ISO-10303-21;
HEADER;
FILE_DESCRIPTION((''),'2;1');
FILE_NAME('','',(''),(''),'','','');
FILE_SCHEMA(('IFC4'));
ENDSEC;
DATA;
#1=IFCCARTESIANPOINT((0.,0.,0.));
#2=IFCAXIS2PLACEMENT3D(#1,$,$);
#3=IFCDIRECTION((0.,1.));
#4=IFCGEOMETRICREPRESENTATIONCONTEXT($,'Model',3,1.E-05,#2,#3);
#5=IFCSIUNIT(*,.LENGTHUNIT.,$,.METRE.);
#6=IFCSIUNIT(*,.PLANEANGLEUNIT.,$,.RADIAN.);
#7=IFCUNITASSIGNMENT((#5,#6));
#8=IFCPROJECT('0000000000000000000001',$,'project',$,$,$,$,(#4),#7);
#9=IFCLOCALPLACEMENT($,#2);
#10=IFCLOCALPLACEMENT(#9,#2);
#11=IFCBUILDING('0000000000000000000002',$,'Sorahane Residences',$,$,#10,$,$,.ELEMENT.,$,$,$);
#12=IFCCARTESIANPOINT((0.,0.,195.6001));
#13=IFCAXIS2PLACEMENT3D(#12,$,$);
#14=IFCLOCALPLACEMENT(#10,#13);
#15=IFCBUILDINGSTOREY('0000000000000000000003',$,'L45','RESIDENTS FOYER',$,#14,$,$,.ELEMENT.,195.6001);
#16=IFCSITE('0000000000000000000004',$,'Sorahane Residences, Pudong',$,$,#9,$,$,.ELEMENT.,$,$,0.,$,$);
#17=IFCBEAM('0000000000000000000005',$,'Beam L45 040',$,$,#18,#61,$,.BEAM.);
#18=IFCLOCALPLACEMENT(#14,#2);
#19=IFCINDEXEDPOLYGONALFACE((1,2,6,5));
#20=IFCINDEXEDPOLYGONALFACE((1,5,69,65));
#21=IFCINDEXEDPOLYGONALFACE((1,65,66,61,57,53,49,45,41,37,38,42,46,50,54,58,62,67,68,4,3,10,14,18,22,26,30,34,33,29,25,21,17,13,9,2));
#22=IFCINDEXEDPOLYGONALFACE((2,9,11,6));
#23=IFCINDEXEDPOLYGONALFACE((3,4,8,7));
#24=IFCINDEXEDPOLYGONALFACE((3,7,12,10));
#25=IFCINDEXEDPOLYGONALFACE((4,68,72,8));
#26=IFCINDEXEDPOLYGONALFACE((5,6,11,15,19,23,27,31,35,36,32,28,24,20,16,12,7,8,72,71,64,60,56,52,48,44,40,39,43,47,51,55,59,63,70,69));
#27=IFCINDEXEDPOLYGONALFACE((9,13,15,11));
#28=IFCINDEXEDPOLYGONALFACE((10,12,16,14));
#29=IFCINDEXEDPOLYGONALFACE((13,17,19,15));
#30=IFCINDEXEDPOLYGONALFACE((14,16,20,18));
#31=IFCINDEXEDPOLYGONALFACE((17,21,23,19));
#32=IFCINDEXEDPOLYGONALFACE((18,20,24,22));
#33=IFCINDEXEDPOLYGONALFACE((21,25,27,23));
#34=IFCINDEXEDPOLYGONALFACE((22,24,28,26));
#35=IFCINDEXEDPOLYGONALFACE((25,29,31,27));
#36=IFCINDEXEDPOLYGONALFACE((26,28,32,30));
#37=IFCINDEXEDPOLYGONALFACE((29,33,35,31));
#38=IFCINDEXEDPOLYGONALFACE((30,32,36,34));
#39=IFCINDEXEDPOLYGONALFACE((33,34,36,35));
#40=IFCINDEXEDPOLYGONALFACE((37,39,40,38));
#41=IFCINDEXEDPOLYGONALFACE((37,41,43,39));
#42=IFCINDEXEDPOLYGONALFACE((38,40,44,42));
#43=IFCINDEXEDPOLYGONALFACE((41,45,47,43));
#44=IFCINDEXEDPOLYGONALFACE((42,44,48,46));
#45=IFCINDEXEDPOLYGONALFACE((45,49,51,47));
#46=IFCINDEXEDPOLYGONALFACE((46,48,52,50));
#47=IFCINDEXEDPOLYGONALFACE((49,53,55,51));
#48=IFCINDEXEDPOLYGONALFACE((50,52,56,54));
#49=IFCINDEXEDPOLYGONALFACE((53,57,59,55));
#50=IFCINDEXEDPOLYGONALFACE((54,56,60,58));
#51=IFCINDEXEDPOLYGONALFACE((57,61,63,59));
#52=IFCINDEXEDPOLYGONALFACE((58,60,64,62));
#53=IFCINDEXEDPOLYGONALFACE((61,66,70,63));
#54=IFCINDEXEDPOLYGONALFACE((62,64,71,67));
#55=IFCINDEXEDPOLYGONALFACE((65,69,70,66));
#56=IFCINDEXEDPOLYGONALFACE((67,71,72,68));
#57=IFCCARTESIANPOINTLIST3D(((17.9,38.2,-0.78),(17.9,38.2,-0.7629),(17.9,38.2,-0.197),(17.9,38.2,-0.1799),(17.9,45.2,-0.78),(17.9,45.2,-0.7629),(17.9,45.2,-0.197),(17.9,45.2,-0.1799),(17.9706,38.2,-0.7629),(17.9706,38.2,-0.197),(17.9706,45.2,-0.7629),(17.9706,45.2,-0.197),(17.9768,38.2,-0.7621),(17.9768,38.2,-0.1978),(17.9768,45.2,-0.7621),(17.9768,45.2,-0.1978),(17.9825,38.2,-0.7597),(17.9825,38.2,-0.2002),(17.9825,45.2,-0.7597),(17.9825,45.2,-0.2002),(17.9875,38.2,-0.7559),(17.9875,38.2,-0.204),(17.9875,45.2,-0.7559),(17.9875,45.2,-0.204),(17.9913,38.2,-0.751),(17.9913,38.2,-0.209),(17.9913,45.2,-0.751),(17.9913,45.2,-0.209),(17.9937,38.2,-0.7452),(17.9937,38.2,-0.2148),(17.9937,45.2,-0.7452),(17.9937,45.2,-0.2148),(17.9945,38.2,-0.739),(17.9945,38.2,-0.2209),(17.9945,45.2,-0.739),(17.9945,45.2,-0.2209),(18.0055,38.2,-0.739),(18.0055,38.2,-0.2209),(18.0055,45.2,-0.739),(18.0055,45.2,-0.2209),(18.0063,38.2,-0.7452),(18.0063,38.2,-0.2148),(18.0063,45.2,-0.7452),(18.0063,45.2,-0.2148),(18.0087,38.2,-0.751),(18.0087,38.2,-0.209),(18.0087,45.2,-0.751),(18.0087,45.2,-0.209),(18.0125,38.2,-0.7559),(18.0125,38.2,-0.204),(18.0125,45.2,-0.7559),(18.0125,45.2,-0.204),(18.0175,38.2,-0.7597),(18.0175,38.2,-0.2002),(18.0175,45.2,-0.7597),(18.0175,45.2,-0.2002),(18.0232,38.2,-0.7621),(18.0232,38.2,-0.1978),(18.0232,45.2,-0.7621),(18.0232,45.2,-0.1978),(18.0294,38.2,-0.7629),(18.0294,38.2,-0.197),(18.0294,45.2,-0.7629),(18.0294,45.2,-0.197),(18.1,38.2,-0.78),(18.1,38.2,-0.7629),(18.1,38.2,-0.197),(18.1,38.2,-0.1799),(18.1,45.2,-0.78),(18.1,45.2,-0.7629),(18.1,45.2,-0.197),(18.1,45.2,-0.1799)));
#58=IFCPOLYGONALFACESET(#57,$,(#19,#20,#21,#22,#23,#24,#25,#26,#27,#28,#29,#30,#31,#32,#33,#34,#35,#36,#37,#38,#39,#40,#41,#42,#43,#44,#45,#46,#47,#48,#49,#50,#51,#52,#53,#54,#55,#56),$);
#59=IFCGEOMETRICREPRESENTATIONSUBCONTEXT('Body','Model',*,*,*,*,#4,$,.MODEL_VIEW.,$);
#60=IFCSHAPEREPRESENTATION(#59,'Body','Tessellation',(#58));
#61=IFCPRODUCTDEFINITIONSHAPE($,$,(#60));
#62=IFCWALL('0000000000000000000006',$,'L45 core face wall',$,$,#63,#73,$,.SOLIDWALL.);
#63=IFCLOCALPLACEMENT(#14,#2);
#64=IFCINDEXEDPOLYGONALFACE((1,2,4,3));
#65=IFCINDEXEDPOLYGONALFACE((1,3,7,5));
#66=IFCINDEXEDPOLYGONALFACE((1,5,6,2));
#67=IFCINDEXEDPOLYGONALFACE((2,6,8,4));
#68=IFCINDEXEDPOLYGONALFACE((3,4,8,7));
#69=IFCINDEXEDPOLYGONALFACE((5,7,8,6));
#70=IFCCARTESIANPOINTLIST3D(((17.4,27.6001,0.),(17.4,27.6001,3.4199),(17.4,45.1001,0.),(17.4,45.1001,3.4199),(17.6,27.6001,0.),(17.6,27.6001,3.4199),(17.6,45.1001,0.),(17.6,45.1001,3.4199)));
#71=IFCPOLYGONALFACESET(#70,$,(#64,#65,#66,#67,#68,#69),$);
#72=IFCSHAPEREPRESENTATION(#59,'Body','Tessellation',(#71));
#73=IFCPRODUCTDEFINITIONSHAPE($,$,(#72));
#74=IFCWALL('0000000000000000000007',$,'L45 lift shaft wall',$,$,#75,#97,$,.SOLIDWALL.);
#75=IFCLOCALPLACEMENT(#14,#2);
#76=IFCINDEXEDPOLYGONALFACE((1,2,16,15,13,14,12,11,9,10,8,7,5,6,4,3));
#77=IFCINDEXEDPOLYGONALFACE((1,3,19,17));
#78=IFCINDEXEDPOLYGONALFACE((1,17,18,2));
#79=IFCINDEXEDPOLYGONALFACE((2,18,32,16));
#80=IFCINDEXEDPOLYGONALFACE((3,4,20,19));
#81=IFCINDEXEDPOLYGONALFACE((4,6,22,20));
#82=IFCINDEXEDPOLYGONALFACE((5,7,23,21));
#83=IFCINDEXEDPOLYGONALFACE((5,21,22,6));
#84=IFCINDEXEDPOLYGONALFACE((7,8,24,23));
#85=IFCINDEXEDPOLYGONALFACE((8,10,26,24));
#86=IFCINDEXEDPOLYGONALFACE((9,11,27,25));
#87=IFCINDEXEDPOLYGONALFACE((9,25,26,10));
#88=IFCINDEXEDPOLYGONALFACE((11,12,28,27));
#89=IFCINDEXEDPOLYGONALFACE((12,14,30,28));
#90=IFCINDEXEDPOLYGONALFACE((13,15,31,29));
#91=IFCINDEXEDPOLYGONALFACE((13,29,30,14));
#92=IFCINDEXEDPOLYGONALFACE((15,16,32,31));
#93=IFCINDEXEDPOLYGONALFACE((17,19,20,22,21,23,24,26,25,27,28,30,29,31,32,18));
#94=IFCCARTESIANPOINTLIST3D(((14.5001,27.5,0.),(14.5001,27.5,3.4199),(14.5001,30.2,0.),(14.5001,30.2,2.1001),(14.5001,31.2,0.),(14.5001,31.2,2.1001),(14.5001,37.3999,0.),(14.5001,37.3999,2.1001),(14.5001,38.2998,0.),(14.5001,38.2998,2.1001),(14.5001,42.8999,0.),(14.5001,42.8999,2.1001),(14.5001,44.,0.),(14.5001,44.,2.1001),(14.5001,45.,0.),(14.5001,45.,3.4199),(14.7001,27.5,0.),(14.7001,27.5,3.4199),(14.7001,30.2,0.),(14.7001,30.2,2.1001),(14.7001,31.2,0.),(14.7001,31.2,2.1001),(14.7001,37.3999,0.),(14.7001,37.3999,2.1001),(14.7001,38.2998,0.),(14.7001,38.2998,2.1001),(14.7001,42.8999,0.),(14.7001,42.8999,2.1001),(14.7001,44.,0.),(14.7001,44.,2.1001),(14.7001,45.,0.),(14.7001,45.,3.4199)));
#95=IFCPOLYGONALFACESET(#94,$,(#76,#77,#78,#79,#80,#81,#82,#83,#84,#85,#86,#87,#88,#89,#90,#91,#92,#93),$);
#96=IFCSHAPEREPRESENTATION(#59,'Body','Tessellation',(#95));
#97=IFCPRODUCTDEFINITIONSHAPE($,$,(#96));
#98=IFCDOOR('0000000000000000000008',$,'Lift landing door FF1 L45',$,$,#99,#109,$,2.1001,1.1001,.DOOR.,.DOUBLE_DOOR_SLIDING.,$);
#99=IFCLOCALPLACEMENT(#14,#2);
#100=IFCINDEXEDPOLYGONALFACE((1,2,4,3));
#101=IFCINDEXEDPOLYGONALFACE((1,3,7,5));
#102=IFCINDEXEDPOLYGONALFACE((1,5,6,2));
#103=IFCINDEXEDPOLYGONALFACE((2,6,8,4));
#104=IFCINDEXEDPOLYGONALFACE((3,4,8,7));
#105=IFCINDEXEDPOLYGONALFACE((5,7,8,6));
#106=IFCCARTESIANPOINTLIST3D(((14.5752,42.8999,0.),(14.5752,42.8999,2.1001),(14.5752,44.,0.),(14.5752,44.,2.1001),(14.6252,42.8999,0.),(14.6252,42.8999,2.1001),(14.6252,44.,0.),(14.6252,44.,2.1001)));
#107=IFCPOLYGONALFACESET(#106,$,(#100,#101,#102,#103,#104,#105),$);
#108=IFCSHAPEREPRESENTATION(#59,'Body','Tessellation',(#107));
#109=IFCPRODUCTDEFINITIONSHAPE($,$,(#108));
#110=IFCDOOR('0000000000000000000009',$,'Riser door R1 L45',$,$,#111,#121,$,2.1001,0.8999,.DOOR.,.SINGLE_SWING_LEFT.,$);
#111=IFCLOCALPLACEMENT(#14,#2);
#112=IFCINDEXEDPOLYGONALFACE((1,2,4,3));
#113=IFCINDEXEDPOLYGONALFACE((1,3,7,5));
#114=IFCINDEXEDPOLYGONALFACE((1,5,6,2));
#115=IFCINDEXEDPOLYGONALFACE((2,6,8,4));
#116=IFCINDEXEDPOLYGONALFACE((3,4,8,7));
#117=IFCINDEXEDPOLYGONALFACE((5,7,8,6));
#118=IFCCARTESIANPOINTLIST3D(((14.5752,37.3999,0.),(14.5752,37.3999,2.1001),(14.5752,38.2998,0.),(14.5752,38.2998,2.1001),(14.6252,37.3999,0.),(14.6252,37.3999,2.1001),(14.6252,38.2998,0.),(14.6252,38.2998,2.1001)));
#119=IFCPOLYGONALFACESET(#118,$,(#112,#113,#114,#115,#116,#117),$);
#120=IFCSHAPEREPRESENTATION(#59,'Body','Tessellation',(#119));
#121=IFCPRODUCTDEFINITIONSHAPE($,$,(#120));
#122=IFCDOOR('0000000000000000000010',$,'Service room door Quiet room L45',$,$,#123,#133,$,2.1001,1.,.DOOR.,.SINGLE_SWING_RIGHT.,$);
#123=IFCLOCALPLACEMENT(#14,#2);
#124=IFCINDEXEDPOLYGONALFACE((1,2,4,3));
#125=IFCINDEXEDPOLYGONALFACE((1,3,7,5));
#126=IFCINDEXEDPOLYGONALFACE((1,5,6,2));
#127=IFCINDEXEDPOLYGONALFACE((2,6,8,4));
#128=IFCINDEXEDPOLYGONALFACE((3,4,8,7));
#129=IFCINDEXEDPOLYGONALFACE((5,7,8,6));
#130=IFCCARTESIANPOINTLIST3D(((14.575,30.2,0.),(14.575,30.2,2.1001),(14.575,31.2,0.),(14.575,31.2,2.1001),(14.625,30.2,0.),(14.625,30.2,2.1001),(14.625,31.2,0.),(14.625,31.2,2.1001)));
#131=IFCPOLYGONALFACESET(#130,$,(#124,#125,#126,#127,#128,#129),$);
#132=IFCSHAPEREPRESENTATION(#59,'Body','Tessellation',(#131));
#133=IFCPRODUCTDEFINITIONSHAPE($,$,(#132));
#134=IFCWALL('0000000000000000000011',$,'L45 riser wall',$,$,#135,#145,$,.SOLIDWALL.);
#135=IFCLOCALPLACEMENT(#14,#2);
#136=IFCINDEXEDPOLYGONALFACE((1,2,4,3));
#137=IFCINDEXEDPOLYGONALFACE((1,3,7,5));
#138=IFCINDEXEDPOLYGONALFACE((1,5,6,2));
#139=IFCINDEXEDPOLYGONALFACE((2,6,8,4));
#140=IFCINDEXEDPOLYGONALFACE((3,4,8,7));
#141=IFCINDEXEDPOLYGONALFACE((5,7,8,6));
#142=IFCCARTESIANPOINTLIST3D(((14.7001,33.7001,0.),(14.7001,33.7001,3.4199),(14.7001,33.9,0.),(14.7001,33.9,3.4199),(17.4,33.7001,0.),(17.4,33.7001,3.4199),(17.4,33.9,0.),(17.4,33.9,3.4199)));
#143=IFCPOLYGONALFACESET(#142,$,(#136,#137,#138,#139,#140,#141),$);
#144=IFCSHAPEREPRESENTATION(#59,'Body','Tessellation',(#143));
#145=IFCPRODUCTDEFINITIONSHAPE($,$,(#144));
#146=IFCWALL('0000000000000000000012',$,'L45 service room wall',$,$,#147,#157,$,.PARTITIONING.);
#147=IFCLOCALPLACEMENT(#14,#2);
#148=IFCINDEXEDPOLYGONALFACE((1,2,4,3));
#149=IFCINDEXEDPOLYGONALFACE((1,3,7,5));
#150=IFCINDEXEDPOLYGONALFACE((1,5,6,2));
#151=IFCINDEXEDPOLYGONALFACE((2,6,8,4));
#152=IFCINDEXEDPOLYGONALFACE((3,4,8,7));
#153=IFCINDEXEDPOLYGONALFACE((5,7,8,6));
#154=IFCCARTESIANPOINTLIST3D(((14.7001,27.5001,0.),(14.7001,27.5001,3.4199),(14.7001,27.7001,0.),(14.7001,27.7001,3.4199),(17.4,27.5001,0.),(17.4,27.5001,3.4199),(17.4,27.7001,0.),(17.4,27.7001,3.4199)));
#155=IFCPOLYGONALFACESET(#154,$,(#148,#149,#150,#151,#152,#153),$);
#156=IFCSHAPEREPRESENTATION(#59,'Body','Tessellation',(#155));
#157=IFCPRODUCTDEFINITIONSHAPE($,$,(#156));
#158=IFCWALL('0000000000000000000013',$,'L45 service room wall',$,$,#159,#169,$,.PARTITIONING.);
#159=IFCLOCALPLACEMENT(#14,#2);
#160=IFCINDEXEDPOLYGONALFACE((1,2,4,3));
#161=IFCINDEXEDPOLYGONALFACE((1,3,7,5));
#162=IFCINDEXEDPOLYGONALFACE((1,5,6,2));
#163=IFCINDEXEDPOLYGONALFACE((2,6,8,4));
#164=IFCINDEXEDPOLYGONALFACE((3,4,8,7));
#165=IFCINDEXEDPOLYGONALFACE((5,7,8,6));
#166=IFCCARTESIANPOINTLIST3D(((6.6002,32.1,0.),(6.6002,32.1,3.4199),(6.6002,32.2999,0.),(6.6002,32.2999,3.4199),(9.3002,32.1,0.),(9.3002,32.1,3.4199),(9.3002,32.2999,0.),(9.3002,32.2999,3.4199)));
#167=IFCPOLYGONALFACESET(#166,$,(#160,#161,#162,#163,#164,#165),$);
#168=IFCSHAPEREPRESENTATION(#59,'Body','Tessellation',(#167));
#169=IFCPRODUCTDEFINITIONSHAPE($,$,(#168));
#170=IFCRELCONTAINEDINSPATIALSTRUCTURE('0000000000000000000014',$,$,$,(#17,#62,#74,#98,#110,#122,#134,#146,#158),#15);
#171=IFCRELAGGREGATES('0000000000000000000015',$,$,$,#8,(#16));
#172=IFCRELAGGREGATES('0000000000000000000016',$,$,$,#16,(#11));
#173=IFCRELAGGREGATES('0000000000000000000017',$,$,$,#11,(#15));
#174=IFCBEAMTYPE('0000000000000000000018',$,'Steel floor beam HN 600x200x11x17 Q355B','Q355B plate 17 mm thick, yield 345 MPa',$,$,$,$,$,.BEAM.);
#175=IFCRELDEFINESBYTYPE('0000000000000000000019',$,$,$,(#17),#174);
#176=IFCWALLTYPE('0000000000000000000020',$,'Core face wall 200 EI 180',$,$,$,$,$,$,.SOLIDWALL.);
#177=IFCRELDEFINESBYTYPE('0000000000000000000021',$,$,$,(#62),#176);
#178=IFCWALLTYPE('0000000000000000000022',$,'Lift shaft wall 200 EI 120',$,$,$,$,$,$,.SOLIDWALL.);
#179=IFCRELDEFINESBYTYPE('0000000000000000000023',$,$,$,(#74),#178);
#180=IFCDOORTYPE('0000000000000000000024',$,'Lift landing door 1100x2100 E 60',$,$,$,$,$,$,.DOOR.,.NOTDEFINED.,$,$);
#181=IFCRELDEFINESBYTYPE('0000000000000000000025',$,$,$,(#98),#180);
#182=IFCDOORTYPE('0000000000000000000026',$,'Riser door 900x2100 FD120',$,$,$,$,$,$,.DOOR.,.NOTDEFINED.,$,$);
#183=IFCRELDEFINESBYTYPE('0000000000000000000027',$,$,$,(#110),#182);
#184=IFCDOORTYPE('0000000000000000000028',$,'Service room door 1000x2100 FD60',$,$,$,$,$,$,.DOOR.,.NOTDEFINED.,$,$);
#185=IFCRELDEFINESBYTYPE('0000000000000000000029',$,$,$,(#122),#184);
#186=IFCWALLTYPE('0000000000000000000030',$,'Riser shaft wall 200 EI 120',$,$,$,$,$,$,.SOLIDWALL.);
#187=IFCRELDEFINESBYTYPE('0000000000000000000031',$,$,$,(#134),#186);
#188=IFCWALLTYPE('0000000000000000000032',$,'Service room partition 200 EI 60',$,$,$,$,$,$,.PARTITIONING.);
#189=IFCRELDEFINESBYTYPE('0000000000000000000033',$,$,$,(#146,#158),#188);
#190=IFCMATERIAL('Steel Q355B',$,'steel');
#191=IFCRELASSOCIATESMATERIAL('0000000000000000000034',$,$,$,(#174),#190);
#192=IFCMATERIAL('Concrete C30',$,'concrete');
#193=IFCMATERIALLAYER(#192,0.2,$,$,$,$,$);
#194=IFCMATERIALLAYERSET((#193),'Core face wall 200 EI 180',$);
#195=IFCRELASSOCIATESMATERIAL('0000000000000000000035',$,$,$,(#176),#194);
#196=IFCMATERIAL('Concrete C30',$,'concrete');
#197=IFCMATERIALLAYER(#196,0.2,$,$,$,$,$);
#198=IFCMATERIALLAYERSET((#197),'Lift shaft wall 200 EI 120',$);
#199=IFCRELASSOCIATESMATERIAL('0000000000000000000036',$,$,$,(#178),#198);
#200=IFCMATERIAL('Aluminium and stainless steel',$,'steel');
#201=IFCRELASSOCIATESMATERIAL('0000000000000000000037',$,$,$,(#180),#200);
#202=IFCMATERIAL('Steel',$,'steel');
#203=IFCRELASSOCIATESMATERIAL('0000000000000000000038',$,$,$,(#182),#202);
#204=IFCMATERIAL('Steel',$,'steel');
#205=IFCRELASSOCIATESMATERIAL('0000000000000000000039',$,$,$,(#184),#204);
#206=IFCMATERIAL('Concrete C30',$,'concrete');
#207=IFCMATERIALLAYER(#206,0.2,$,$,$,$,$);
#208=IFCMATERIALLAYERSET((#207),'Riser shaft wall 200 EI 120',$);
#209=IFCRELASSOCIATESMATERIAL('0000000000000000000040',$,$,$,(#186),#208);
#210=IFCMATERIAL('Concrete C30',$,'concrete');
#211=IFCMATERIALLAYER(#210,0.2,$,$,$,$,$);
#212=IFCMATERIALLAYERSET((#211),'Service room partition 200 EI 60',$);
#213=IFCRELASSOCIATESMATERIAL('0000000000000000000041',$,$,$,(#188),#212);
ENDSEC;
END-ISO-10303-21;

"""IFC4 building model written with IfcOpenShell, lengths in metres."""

from ifc_helpers import new_model, si_unit, direction, frame, frame_2d, origin, origin_2d, place, context, subcontext, project, spatial, rectangle, i_section, extrude, material, layer, layer_set, material_profile, profile_set, type_object, element, fill, save


model = new_model("IFC4")

# Units and contexts
model_context = context("Model", 3, precision=1e-05, world=origin(), true_north=direction((0.0, 1.0)))
body_context = subcontext(model_context, "Body", "Model", "MODEL_VIEW")
ifc_project = project(units=[si_unit("LENGTHUNIT", "METRE"), si_unit("PLANEANGLEUNIT", "RADIAN")], contexts=[model_context])

# Site, building, storey
site_placement = place(None, origin())
site = spatial("IfcSite", under=ifc_project, at=site_placement, Name="Sorahane Residences, Pudong", CompositionType="ELEMENT", RefElevation=0.0)
building_placement = place(site_placement, origin())
building = spatial("IfcBuilding", under=site, at=building_placement, Name="Sorahane Residences", CompositionType="ELEMENT")
storey_placement = place(building_placement, frame((0.0, 0.0, 195.6001)))
storey = spatial("IfcBuildingStorey", under=building, at=storey_placement, Name="L45", Description="RESIDENTS FOYER", CompositionType="ELEMENT", Elevation=195.6001)

# Beam
ifc_material_1 = material(Name="Steel Q355B", Category="steel")
ifc_material_profile_1 = material_profile(ifc_material_1, i_section(OverallWidth=0.2, OverallDepth=0.6001, WebThickness=0.011, FlangeThickness=0.0171, FilletRadius=0.0239, at=origin_2d()), Name="HN 600x200x11x17")
ifc_profile_set_1 = profile_set([ifc_material_profile_1], Name="Steel Q355B")
beam_type_1 = type_object("IfcBeamType", Name="Steel floor beam HN 600x200x11x17 Q355B", Description="Q355B plate 17 mm thick, yield 345 MPa", PredefinedType="BEAM", material=ifc_profile_set_1)
for number, where, z_axis, x_axis, name in (
    (1, (18.0, 38.2, -0.48), (0.0, 1.0, 0.0), (-1.0, 0.0, 0.0), "Beam L45 040"),
):
    element("IfcBeam", number, at=place(storey_placement, frame(where, z_axis=z_axis, x_axis=x_axis)), inside=storey, type_object=beam_type_1, Name=name, PredefinedType="BEAM", context=body_context, shape_type="SweptSolid", body=[
        extrude(i_section(OverallWidth=0.2, OverallDepth=0.6001, WebThickness=0.011, FlangeThickness=0.0171, FilletRadius=0.0239, at=origin_2d()), origin(), (0.0, 0.0, 1.0), 7.0),
    ])

# Wall
ifc_material_2 = material(Name="Concrete C30", Category="concrete")
ifc_layer_1 = layer(ifc_material_2, 0.2)
ifc_layer_set_1 = layer_set([ifc_layer_1], Name="Core face wall 200 EI 180")
wall_type_1 = type_object("IfcWallType", Name="Core face wall 200 EI 180", PredefinedType="SOLIDWALL", material=ifc_layer_set_1)
wall_1_placement = place(storey_placement, frame((17.5, 27.6001, 0.0), z_axis=(0.0, 0.0, 1.0), x_axis=(0.0, 1.0, 0.0)))
element("IfcWall", 2, at=wall_1_placement, inside=storey, type_object=wall_type_1, Name="L45 core face wall", PredefinedType="SOLIDWALL", context=body_context, shape_type="SweptSolid", body=[
    extrude(rectangle(XDim=17.5, YDim=0.2, at=frame_2d((8.75, 0.0))), origin(), (0.0, 0.0, 1.0), 3.4199),
])

# Wall, openings, doors
ifc_material_3 = material(Name="Concrete C30", Category="concrete")
ifc_layer_2 = layer(ifc_material_3, 0.2)
ifc_layer_set_2 = layer_set([ifc_layer_2], Name="Lift shaft wall 200 EI 120")
wall_type_2 = type_object("IfcWallType", Name="Lift shaft wall 200 EI 120", PredefinedType="SOLIDWALL", material=ifc_layer_set_2)
wall_2_placement = place(storey_placement, frame((14.6001, 27.5, 0.0), z_axis=(0.0, 0.0, 1.0), x_axis=(0.0, 1.0, 0.0)))
wall_2 = element("IfcWall", 3, at=wall_2_placement, inside=storey, type_object=wall_type_2, Name="L45 lift shaft wall", PredefinedType="SOLIDWALL", context=body_context, shape_type="SweptSolid", body=[
    extrude(rectangle(XDim=17.5, YDim=0.2, at=frame_2d((8.75, 0.0))), origin(), (0.0, 0.0, 1.0), 3.4199),
])
opening_1_placement = place(wall_2_placement, frame((15.3999, 0.0, 0.0)))
opening_1 = element("IfcOpeningElement", 4, at=opening_1_placement, cuts=wall_2, PredefinedType="OPENING", context=body_context, shape_type="SweptSolid", body=[
    extrude(rectangle(XDim=1.1001, YDim=2.1001, at=frame_2d((0.55, 1.05))), frame((0.0, 0.1099, 0.0), z_axis=(0.0, -1.0, 0.0), x_axis=(1.0, 0.0, 0.0)), (0.0, 0.0, 1.0), 0.22),
])
opening_2_placement = place(wall_2_placement, frame((2.7, 0.0, 0.0)))
opening_2 = element("IfcOpeningElement", 5, at=opening_2_placement, cuts=wall_2, PredefinedType="OPENING", context=body_context, shape_type="SweptSolid", body=[
    extrude(rectangle(XDim=1.0, YDim=2.1001, at=frame_2d((0.5, 1.05))), frame((0.0, 0.1099, 0.0), z_axis=(0.0, -1.0, 0.0), x_axis=(1.0, 0.0, 0.0)), (0.0, 0.0, 1.0), 0.22),
])
opening_3_placement = place(wall_2_placement, frame((9.8999, 0.0, 0.0)))
opening_3 = element("IfcOpeningElement", 6, at=opening_3_placement, cuts=wall_2, PredefinedType="OPENING", context=body_context, shape_type="SweptSolid", body=[
    extrude(rectangle(XDim=0.8999, YDim=2.1001, at=frame_2d((0.45, 1.05))), frame((0.0, 0.1099, 0.0), z_axis=(0.0, -1.0, 0.0), x_axis=(1.0, 0.0, 0.0)), (0.0, 0.0, 1.0), 0.22),
])
ifc_material_4 = material(Name="Aluminium and stainless steel", Category="steel")
door_type_1 = type_object("IfcDoorType", Name="Lift landing door 1100x2100 E 60", OperationType="NOTDEFINED", PredefinedType="DOOR", material=ifc_material_4)
door_1_placement = place(opening_1_placement, origin())
door_1 = element("IfcDoor", 7, at=door_1_placement, inside=storey, type_object=door_type_1, Name="Lift landing door FF1 L45", OperationType="DOUBLE_DOOR_SLIDING", OverallHeight=2.1001, OverallWidth=1.1001, PredefinedType="DOOR", context=body_context, shape_type="SweptSolid", body=[
    extrude(rectangle(XDim=1.1001, YDim=2.1001, at=frame_2d((0.55, 1.05))), frame((0.0, 0.0249, 0.0), z_axis=(0.0, -1.0, 0.0), x_axis=(1.0, 0.0, 0.0)), (0.0, 0.0, 1.0), 0.05),
])
fill(opening_1, door_1)
ifc_material_5 = material(Name="Steel", Category="steel")
door_type_2 = type_object("IfcDoorType", Name="Riser door 900x2100 FD120", OperationType="NOTDEFINED", PredefinedType="DOOR", material=ifc_material_5)
door_2_placement = place(opening_3_placement, origin())
door_2 = element("IfcDoor", 8, at=door_2_placement, inside=storey, type_object=door_type_2, Name="Riser door R1 L45", OperationType="SINGLE_SWING_LEFT", OverallHeight=2.1001, OverallWidth=0.8999, PredefinedType="DOOR", context=body_context, shape_type="SweptSolid", body=[
    extrude(rectangle(XDim=0.8999, YDim=2.1001, at=frame_2d((0.45, 1.05))), frame((0.0, 0.0249, 0.0), z_axis=(0.0, -1.0, 0.0), x_axis=(1.0, 0.0, 0.0)), (0.0, 0.0, 1.0), 0.05),
])
fill(opening_3, door_2)
ifc_material_6 = material(Name="Steel", Category="steel")
door_type_3 = type_object("IfcDoorType", Name="Service room door 1000x2100 FD60", OperationType="NOTDEFINED", PredefinedType="DOOR", material=ifc_material_6)
door_3_placement = place(opening_2_placement, frame((1.0, 0.0, 0.0), z_axis=(0.0, 0.0, 1.0), x_axis=(-1.0, 0.0, 0.0)))
door_3 = element("IfcDoor", 9, at=door_3_placement, inside=storey, type_object=door_type_3, Name="Service room door Quiet room L45", OperationType="SINGLE_SWING_RIGHT", OverallHeight=2.1001, OverallWidth=1.0, PredefinedType="DOOR", context=body_context, shape_type="SweptSolid", body=[
    extrude(rectangle(XDim=1.0, YDim=2.1001, at=frame_2d((0.5, 1.05))), frame((0.0, 0.0249, 0.0), z_axis=(0.0, -1.0, 0.0), x_axis=(1.0, 0.0, 0.0)), (0.0, 0.0, 1.0), 0.05),
])
fill(opening_2, door_3)

# Walls
ifc_material_7 = material(Name="Concrete C30", Category="concrete")
ifc_layer_3 = layer(ifc_material_7, 0.2)
ifc_layer_set_3 = layer_set([ifc_layer_3], Name="Riser shaft wall 200 EI 120")
wall_type_3 = type_object("IfcWallType", Name="Riser shaft wall 200 EI 120", PredefinedType="SOLIDWALL", material=ifc_layer_set_3)
wall_3_placement = place(storey_placement, frame((14.7, 33.8, 0.0), z_axis=(0.0, 0.0, 1.0), x_axis=(1.0, 0.0, 0.0)))
element("IfcWall", 10, at=wall_3_placement, inside=storey, type_object=wall_type_3, Name="L45 riser wall", PredefinedType="SOLIDWALL", context=body_context, shape_type="SweptSolid", body=[
    extrude(rectangle(XDim=2.7, YDim=0.2, at=frame_2d((1.3501, 0.0))), origin(), (0.0, 0.0, 1.0), 3.4199),
])
ifc_material_8 = material(Name="Concrete C30", Category="concrete")
ifc_layer_4 = layer(ifc_material_8, 0.2)
ifc_layer_set_4 = layer_set([ifc_layer_4], Name="Service room partition 200 EI 60")
wall_type_4 = type_object("IfcWallType", Name="Service room partition 200 EI 60", PredefinedType="PARTITIONING", material=ifc_layer_set_4)
for number, where, z_axis, x_axis, name in (
    (11, (14.7, 27.6001, 0.0), (0.0, 0.0, 1.0), (1.0, 0.0, 0.0), "L45 service room wall"),
    (12, (6.6001, 32.2, 0.0), (0.0, 0.0, 1.0), (1.0, 0.0, 0.0), "L45 service room wall"),
):
    element("IfcWall", number, at=place(storey_placement, frame(where, z_axis=z_axis, x_axis=x_axis)), inside=storey, type_object=wall_type_4, Name=name, PredefinedType="PARTITIONING", context=body_context, shape_type="SweptSolid", body=[
        extrude(rectangle(XDim=2.7, YDim=0.2, at=frame_2d((1.3501, 0.0))), origin(), (0.0, 0.0, 1.0), 3.4199),
    ])

save(model, "model.ifc")
